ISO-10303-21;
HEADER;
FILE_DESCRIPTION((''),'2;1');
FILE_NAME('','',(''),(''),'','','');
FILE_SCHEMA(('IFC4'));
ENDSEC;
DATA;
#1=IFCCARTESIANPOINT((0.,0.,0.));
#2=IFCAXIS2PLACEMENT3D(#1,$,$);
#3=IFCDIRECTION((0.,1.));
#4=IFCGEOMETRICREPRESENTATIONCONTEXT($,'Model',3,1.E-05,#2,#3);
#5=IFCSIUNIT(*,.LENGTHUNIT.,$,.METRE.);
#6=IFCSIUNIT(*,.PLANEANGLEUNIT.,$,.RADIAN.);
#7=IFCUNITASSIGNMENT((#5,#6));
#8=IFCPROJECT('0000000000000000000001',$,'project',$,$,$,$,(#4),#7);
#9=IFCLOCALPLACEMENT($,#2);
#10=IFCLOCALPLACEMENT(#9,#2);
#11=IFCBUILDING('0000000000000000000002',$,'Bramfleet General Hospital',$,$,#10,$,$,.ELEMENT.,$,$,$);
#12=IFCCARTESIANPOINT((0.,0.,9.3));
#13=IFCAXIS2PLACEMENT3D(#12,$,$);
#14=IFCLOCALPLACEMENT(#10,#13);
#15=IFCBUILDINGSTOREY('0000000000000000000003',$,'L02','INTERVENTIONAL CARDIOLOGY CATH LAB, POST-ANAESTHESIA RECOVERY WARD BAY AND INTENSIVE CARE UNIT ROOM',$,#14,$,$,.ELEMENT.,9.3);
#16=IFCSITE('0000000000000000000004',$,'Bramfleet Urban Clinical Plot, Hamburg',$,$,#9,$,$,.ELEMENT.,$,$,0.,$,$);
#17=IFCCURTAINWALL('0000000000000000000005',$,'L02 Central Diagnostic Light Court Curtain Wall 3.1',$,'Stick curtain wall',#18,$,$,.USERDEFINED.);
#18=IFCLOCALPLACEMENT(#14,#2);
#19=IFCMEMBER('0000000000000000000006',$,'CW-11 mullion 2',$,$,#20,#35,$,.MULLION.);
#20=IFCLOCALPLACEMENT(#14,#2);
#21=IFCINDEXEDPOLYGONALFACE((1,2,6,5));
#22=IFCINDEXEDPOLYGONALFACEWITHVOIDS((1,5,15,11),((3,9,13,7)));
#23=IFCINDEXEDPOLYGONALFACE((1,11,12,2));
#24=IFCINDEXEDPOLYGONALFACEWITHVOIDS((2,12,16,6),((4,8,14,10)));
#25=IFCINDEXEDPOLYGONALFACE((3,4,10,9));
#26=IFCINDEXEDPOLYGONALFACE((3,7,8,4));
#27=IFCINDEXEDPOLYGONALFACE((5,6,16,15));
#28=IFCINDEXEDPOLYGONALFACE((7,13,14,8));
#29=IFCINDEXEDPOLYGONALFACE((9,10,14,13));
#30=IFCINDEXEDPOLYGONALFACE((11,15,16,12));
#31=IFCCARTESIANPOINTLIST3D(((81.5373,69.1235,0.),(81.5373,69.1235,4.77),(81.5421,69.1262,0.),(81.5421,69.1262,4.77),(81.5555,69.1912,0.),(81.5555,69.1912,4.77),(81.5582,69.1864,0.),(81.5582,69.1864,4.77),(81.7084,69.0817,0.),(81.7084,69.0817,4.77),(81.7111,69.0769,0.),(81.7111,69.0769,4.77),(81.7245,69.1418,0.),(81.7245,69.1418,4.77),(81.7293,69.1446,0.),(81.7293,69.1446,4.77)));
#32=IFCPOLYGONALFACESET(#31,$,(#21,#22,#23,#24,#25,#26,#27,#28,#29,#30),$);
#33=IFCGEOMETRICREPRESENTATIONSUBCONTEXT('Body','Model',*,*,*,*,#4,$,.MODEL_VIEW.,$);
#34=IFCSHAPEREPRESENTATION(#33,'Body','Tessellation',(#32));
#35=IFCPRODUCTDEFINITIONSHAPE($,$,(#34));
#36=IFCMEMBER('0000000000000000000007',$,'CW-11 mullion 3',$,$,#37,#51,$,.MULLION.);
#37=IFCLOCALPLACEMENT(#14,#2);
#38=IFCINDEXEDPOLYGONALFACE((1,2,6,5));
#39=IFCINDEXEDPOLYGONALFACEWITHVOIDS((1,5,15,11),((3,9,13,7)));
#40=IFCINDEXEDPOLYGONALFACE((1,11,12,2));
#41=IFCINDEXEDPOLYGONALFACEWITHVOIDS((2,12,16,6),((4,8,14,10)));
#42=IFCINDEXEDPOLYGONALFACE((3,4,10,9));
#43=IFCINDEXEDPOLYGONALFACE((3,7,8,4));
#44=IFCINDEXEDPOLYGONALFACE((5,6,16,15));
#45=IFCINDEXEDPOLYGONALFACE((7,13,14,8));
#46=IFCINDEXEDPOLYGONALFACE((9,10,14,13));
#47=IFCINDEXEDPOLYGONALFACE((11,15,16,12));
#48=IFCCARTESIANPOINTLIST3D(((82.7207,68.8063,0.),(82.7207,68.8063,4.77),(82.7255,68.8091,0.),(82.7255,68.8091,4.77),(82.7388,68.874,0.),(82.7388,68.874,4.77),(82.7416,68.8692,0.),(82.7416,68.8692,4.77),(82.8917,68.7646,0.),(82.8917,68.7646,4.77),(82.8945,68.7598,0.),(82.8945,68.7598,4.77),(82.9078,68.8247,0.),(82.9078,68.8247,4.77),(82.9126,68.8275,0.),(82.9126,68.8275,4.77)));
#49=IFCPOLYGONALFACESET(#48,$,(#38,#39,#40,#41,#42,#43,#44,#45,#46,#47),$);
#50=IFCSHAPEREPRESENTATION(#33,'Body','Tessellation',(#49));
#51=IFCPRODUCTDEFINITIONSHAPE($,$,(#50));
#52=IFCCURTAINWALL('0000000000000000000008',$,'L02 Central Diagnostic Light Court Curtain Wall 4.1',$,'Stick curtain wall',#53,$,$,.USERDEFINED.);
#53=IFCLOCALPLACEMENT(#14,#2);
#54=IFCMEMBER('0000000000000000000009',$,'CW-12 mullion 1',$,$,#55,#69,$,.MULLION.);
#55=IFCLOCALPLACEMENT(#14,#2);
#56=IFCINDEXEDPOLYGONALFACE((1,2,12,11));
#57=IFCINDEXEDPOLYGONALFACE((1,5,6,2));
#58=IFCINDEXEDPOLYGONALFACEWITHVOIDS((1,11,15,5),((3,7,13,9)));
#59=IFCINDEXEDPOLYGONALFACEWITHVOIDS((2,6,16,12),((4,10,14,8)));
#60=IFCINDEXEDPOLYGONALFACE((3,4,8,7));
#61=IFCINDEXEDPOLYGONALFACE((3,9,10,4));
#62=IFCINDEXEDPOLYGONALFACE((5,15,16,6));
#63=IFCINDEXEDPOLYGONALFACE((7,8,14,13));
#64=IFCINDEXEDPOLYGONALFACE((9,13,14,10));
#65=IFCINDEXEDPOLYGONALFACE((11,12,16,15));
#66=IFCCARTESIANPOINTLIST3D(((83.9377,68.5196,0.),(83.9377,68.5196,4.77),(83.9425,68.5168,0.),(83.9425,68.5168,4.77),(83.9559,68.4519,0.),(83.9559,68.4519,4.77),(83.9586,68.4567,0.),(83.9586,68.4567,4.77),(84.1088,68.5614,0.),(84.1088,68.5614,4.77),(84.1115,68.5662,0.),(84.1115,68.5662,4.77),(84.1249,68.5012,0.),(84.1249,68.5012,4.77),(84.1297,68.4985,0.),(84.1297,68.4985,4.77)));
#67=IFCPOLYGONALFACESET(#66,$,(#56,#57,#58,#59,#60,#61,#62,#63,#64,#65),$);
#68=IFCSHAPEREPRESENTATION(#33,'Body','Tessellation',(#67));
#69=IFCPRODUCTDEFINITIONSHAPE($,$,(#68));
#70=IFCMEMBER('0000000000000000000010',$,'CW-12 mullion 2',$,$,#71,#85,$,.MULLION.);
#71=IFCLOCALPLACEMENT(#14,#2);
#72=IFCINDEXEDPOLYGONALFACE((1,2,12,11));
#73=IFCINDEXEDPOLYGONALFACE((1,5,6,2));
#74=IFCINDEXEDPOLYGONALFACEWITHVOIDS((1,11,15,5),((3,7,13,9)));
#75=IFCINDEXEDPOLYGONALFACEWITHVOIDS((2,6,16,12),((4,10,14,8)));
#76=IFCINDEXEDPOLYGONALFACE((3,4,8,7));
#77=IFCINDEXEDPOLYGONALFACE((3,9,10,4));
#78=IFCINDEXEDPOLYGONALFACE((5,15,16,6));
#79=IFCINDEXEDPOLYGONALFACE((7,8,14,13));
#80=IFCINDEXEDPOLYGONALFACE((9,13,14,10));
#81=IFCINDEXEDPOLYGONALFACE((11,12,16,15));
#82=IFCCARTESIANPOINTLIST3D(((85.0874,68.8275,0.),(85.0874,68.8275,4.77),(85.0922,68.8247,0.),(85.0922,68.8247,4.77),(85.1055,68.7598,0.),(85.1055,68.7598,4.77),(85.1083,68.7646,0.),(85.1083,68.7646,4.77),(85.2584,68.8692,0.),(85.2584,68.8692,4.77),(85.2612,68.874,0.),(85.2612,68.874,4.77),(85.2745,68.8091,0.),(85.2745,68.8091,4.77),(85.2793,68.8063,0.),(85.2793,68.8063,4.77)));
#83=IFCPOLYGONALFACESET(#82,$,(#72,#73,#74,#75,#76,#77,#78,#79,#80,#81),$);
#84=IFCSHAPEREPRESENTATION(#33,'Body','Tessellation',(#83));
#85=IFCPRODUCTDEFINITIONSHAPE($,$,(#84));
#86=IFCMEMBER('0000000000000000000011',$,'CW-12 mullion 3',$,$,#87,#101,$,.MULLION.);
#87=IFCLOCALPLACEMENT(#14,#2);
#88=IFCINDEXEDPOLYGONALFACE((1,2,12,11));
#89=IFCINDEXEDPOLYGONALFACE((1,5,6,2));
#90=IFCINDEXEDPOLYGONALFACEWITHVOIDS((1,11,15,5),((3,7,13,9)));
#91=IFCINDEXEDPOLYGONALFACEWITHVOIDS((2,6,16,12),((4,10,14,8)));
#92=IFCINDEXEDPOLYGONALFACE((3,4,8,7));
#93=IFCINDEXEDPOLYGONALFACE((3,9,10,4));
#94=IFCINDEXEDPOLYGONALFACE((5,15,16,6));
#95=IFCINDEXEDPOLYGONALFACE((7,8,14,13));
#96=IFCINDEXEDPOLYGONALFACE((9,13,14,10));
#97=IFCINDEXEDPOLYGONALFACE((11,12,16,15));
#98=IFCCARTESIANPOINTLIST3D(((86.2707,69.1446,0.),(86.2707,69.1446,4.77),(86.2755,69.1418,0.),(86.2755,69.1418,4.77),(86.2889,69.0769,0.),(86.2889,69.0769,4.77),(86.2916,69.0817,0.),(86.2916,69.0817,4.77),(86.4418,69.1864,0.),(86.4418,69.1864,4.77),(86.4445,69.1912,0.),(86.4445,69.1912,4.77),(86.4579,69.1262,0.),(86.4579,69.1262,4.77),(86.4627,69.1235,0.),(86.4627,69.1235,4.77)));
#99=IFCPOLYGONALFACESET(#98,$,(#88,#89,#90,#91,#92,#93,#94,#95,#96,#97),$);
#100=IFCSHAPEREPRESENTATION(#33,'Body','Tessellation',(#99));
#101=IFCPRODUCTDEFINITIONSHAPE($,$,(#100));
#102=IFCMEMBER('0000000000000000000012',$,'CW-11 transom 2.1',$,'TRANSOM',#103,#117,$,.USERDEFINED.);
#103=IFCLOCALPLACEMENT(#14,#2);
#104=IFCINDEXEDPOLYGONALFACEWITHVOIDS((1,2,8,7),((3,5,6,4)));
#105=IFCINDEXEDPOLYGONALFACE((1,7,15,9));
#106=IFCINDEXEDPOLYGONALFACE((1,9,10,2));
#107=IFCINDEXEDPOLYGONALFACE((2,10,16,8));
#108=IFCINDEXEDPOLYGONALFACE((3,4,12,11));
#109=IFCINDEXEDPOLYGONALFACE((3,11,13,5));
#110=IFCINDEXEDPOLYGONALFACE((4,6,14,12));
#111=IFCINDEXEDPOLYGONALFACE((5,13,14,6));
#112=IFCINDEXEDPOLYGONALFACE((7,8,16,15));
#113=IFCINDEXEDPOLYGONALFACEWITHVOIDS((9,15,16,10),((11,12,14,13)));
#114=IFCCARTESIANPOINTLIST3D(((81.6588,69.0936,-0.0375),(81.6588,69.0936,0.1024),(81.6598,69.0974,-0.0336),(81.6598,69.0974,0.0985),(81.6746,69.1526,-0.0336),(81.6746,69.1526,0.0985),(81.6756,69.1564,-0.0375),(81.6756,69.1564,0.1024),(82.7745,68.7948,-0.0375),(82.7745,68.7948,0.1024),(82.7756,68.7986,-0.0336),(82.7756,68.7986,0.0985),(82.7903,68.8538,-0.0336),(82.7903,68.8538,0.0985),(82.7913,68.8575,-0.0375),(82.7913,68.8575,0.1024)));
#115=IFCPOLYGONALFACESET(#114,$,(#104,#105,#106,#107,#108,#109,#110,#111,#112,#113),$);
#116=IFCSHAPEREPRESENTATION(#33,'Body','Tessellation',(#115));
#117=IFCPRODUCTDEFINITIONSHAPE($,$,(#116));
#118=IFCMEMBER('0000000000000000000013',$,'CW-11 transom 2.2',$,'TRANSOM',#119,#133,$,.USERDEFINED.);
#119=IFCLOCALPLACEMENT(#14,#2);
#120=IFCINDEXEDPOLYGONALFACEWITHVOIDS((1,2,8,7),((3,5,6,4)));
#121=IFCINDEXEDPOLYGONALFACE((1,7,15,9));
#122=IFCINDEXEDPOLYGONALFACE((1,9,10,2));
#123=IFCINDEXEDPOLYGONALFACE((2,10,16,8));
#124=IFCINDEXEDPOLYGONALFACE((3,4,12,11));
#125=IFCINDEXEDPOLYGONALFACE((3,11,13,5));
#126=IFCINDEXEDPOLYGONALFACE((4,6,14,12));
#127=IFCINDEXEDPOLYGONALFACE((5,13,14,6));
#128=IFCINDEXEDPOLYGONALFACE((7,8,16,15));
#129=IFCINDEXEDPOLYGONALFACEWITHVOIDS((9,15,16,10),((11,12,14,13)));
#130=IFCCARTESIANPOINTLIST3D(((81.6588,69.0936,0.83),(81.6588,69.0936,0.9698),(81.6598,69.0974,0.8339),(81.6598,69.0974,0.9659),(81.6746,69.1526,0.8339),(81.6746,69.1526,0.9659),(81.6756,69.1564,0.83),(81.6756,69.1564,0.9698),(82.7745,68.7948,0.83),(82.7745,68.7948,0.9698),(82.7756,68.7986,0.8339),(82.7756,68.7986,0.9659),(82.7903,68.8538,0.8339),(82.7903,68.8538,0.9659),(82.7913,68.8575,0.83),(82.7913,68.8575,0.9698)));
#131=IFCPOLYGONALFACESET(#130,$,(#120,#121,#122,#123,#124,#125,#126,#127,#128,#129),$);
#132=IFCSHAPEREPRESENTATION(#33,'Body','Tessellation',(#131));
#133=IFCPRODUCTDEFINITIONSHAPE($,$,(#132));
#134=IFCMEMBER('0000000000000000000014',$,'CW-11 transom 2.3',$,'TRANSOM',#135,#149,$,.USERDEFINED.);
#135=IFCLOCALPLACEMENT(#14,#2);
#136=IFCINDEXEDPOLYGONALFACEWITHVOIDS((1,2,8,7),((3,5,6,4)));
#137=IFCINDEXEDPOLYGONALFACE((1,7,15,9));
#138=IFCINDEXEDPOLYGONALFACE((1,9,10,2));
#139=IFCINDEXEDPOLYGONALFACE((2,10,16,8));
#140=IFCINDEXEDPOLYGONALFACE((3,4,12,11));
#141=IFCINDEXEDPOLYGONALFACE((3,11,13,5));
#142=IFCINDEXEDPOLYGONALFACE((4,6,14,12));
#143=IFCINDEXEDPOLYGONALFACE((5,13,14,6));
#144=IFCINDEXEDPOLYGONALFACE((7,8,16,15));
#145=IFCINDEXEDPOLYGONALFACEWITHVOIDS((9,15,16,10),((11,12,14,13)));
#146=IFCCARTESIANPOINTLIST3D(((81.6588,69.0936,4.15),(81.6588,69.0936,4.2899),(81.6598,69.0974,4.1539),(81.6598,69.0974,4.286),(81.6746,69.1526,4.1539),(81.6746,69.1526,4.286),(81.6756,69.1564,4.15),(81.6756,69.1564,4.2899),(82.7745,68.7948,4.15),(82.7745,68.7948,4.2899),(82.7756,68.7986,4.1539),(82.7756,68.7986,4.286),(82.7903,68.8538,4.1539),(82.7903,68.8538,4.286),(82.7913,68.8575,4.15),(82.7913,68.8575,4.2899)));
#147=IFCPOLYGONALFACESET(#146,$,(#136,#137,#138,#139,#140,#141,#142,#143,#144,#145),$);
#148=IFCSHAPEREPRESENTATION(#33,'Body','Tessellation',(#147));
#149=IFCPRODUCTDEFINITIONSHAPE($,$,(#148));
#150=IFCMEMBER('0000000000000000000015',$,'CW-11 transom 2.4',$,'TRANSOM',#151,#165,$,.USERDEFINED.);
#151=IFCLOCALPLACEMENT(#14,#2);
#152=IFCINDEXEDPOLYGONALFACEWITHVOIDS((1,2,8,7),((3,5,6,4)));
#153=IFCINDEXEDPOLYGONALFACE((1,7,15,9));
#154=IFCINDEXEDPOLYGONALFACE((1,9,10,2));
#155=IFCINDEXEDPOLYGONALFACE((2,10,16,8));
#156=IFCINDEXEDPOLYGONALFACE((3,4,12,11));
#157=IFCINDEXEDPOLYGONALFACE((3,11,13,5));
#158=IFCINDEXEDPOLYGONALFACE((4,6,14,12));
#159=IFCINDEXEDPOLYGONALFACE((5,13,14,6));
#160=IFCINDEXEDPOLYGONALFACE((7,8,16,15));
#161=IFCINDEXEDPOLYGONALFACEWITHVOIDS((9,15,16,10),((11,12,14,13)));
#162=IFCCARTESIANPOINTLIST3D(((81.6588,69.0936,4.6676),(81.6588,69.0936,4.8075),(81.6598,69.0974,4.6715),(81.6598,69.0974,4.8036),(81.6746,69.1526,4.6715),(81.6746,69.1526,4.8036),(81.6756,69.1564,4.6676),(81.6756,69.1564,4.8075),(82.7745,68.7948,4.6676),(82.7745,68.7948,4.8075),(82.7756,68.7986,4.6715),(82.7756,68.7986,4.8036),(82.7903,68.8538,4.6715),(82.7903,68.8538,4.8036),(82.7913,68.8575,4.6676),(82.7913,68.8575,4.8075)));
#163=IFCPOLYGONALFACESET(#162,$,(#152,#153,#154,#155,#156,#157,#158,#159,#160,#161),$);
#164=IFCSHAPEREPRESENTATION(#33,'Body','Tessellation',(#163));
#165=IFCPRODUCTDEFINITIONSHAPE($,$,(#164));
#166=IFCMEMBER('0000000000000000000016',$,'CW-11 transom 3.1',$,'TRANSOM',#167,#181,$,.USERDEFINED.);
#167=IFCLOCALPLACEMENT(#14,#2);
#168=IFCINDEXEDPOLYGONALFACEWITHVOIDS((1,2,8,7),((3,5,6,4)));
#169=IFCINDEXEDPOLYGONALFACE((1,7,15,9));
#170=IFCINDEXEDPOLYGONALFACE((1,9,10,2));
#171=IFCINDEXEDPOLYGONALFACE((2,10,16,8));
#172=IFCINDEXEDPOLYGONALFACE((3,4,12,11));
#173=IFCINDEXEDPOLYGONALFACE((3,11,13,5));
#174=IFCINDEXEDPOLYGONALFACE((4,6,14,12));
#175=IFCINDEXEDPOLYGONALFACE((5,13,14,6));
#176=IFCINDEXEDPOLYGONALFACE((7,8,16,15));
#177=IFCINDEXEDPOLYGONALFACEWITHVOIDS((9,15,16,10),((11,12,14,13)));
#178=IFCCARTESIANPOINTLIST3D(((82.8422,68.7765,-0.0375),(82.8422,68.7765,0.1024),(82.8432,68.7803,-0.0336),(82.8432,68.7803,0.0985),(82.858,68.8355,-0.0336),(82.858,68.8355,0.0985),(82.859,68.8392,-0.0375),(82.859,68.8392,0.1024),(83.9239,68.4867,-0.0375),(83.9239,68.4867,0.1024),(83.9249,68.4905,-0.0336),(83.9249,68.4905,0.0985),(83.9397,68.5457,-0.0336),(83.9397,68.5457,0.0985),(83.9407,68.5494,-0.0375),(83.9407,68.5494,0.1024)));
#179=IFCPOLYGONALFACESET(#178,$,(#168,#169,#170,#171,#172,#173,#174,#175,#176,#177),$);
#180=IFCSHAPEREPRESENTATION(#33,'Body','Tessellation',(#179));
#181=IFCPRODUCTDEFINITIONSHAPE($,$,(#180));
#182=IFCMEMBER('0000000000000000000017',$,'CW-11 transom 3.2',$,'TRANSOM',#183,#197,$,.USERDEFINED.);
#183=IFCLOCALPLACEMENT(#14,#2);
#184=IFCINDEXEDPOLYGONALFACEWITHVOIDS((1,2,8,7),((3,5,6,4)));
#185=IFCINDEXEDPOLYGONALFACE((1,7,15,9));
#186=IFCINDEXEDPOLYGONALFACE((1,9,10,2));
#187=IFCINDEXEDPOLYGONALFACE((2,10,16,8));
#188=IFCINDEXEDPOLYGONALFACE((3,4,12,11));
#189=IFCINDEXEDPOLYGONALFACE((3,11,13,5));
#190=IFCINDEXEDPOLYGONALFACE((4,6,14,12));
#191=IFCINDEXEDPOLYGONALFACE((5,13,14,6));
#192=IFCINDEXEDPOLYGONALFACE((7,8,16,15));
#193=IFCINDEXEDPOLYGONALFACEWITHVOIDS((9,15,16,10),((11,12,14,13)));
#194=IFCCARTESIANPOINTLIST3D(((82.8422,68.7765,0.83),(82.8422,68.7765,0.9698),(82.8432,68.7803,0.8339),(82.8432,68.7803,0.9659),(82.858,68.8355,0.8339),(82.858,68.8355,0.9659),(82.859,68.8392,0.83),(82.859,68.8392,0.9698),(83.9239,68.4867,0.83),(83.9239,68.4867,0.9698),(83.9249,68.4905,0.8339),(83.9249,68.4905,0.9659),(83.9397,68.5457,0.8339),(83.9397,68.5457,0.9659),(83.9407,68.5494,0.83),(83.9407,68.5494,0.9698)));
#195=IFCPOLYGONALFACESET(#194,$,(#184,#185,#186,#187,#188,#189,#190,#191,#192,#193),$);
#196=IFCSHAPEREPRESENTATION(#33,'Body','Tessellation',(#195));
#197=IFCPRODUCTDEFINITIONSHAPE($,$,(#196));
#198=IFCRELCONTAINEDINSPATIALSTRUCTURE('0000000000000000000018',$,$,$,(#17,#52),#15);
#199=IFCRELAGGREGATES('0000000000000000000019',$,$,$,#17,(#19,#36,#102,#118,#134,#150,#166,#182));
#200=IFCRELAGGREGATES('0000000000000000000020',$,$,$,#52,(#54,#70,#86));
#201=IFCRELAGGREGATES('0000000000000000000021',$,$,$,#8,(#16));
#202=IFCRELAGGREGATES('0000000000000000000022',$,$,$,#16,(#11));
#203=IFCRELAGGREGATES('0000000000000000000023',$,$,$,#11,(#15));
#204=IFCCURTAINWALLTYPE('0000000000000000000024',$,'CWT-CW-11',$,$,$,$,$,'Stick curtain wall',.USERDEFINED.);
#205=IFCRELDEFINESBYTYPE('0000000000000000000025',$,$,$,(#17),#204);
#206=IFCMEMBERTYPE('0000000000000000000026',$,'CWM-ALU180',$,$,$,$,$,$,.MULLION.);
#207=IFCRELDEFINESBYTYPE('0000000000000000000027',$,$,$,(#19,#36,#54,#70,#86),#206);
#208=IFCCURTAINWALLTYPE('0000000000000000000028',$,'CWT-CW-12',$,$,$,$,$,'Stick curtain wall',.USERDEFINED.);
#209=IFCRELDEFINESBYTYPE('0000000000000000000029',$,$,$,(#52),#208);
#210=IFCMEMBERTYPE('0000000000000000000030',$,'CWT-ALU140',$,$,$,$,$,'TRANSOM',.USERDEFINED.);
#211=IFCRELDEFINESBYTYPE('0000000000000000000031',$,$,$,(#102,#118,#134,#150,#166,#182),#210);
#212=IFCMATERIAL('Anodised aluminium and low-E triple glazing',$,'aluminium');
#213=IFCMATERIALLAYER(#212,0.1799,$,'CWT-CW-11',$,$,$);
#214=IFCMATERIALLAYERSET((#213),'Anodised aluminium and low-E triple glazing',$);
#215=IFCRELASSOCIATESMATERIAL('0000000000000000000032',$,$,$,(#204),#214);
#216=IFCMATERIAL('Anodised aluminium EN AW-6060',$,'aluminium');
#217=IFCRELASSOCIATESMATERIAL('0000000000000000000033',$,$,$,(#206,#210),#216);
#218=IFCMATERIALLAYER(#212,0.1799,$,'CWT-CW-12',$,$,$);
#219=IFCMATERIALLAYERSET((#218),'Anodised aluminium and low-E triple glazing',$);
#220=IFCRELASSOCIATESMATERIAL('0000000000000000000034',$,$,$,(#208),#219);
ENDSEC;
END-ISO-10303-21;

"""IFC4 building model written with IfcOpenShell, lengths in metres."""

from ifc_helpers import new_model, si_unit, direction, frame, origin, origin_2d, place, context, subcontext, project, spatial, hollow_rectangle, extrude, material, layer, layer_set, material_profile, profile_set, type_object, element, aggregate, save


model = new_model("IFC4")

# Units and contexts
model_context = context("Model", 3, precision=1e-05, world=origin(), true_north=direction((0.0, 1.0)))
body_context = subcontext(model_context, "Body", "Model", "MODEL_VIEW")
ifc_project = project(units=[si_unit("LENGTHUNIT", "METRE"), si_unit("PLANEANGLEUNIT", "RADIAN")], contexts=[model_context])

# Site, building, storey
site_placement = place(None, origin())
site = spatial("IfcSite", under=ifc_project, at=site_placement, Name="Bramfleet Urban Clinical Plot, Hamburg", CompositionType="ELEMENT", RefElevation=0.0)
building_placement = place(site_placement, origin())
building = spatial("IfcBuilding", under=site, at=building_placement, Name="Bramfleet General Hospital", CompositionType="ELEMENT")
storey_placement = place(building_placement, frame((0.0, 0.0, 9.3)))
storey = spatial("IfcBuildingStorey", under=building, at=storey_placement, Name="L02", Description="INTERVENTIONAL CARDIOLOGY CATH LAB, POST-ANAESTHESIA RECOVERY WARD BAY AND INTENSIVE CARE UNIT ROOM", CompositionType="ELEMENT", Elevation=9.3)

# Curtain walls, members
ifc_material_1 = material(Name="Anodised aluminium and low-E triple glazing", Category="aluminium")
ifc_layer_1 = layer(ifc_material_1, 0.1799, Name="CWT-CW-11")
ifc_layer_set_1 = layer_set([ifc_layer_1], Name="Anodised aluminium and low-E triple glazing")
curtain_wall_type_1 = type_object("IfcCurtainWallType", Name="CWT-CW-11", ElementType="Stick curtain wall", PredefinedType="USERDEFINED", material=ifc_layer_set_1)
curtain_wall_1_placement = place(storey_placement, origin())
curtain_wall_1 = element("IfcCurtainWall", 1, at=curtain_wall_1_placement, inside=storey, type_object=curtain_wall_type_1, Name="L02 Central Diagnostic Light Court Curtain Wall 3.1", ObjectType="Stick curtain wall", PredefinedType="USERDEFINED")
ifc_material_2 = material(Name="Anodised aluminium EN AW-6060", Category="aluminium")
ifc_material_profile_1 = material_profile(ifc_material_2, hollow_rectangle(XDim=0.0701, YDim=0.1799, WallThickness=0.0039, at=origin_2d()), Name="ALU 180x70x4.0")
ifc_profile_set_1 = profile_set([ifc_material_profile_1], Name="Anodised aluminium EN AW-6060")
member_type_1 = type_object("IfcMemberType", Name="CWM-ALU180", PredefinedType="MULLION", material=ifc_profile_set_1)
member_1_placement = place(storey_placement, frame((81.6333, 69.134, 0.0), z_axis=(0.0, 0.0, 1.0), x_axis=(0.258763, 0.965941, 0.0)))
member_1 = element("IfcMember", 2, at=member_1_placement, type_object=member_type_1, Name="CW-11 mullion 2", PredefinedType="MULLION", context=body_context, shape_type="SweptSolid", body=[
    extrude(hollow_rectangle(XDim=0.0701, YDim=0.1799, WallThickness=0.0039, at=origin_2d()), origin(), (0.0, 0.0, 1.0), 4.77),
])
member_2_placement = place(storey_placement, frame((82.8167, 68.8169, 0.0), z_axis=(0.0, 0.0, 1.0), x_axis=(0.258763, 0.965941, 0.0)))
member_2 = element("IfcMember", 3, at=member_2_placement, type_object=member_type_1, Name="CW-11 mullion 3", PredefinedType="MULLION", context=body_context, shape_type="SweptSolid", body=[
    extrude(hollow_rectangle(XDim=0.0701, YDim=0.1799, WallThickness=0.0039, at=origin_2d()), origin(), (0.0, 0.0, 1.0), 4.77),
])
ifc_layer_2 = layer(ifc_material_1, 0.1799, Name="CWT-CW-12")
ifc_layer_set_2 = layer_set([ifc_layer_2], Name="Anodised aluminium and low-E triple glazing")
curtain_wall_type_2 = type_object("IfcCurtainWallType", Name="CWT-CW-12", ElementType="Stick curtain wall", PredefinedType="USERDEFINED", material=ifc_layer_set_2)
curtain_wall_2_placement = place(storey_placement, origin())
curtain_wall_2 = element("IfcCurtainWall", 4, at=curtain_wall_2_placement, inside=storey, type_object=curtain_wall_type_2, Name="L02 Central Diagnostic Light Court Curtain Wall 4.1", ObjectType="Stick curtain wall", PredefinedType="USERDEFINED")
member_3_placement = place(storey_placement, frame((84.0337, 68.509, 0.0), z_axis=(0.0, 0.0, 1.0), x_axis=(-0.258763, 0.965941, 0.0)))
member_3 = element("IfcMember", 5, at=member_3_placement, type_object=member_type_1, Name="CW-12 mullion 1", PredefinedType="MULLION", context=body_context, shape_type="SweptSolid", body=[
    extrude(hollow_rectangle(XDim=0.0701, YDim=0.1799, WallThickness=0.0039, at=origin_2d()), origin(), (0.0, 0.0, 1.0), 4.77),
])
member_4_placement = place(storey_placement, frame((85.1833, 68.8169, 0.0), z_axis=(0.0, 0.0, 1.0), x_axis=(-0.258763, 0.965941, 0.0)))
member_4 = element("IfcMember", 6, at=member_4_placement, type_object=member_type_1, Name="CW-12 mullion 2", PredefinedType="MULLION", context=body_context, shape_type="SweptSolid", body=[
    extrude(hollow_rectangle(XDim=0.0701, YDim=0.1799, WallThickness=0.0039, at=origin_2d()), origin(), (0.0, 0.0, 1.0), 4.77),
])
member_5_placement = place(storey_placement, frame((86.3667, 69.134, 0.0), z_axis=(0.0, 0.0, 1.0), x_axis=(-0.258763, 0.965941, 0.0)))
member_5 = element("IfcMember", 7, at=member_5_placement, type_object=member_type_1, Name="CW-12 mullion 3", PredefinedType="MULLION", context=body_context, shape_type="SweptSolid", body=[
    extrude(hollow_rectangle(XDim=0.0701, YDim=0.1799, WallThickness=0.0039, at=origin_2d()), origin(), (0.0, 0.0, 1.0), 4.77),
])

# Members
ifc_material_profile_2 = material_profile(ifc_material_2, hollow_rectangle(XDim=0.0649, YDim=0.1399, WallThickness=0.0039, at=origin_2d()), Name="ALU 140x65x4.0")
ifc_profile_set_2 = profile_set([ifc_material_profile_2], Name="Anodised aluminium EN AW-6060")
member_type_2 = type_object("IfcMemberType", Name="CWT-ALU140", ElementType="TRANSOM", PredefinedType="USERDEFINED", material=ifc_profile_set_2)
member_6_placement = place(storey_placement, frame((81.6672, 69.125, 0.0325), z_axis=(0.965954, -0.258715, 0.0), x_axis=(0.258715, 0.965954, 0.0)))
member_6 = element("IfcMember", 8, at=member_6_placement, type_object=member_type_2, Name="CW-11 transom 2.1", ObjectType="TRANSOM", PredefinedType="USERDEFINED", context=body_context, shape_type="SweptSolid", body=[
    extrude(hollow_rectangle(XDim=0.0649, YDim=0.1399, WallThickness=0.0039, at=origin_2d()), origin(), (0.0, 0.0, 1.0), 1.155),
])
member_7_placement = place(storey_placement, frame((81.6672, 69.125, 0.8999), z_axis=(0.965954, -0.258715, 0.0), x_axis=(0.258715, 0.965954, 0.0)))
member_7 = element("IfcMember", 9, at=member_7_placement, type_object=member_type_2, Name="CW-11 transom 2.2", ObjectType="TRANSOM", PredefinedType="USERDEFINED", context=body_context, shape_type="SweptSolid", body=[
    extrude(hollow_rectangle(XDim=0.0649, YDim=0.1399, WallThickness=0.0039, at=origin_2d()), origin(), (0.0, 0.0, 1.0), 1.155),
])
member_8_placement = place(storey_placement, frame((81.6672, 69.125, 4.22), z_axis=(0.965954, -0.258715, 0.0), x_axis=(0.258715, 0.965954, 0.0)))
member_8 = element("IfcMember", 10, at=member_8_placement, type_object=member_type_2, Name="CW-11 transom 2.3", ObjectType="TRANSOM", PredefinedType="USERDEFINED", context=body_context, shape_type="SweptSolid", body=[
    extrude(hollow_rectangle(XDim=0.0649, YDim=0.1399, WallThickness=0.0039, at=origin_2d()), origin(), (0.0, 0.0, 1.0), 1.155),
])
member_9_placement = place(storey_placement, frame((81.6672, 69.125, 4.7375), z_axis=(0.965954, -0.258715, 0.0), x_axis=(0.258715, 0.965954, 0.0)))
member_9 = element("IfcMember", 11, at=member_9_placement, type_object=member_type_2, Name="CW-11 transom 2.4", ObjectType="TRANSOM", PredefinedType="USERDEFINED", context=body_context, shape_type="SweptSolid", body=[
    extrude(hollow_rectangle(XDim=0.0649, YDim=0.1399, WallThickness=0.0039, at=origin_2d()), origin(), (0.0, 0.0, 1.0), 1.155),
])
member_10_placement = place(storey_placement, frame((82.8506, 68.8079, 0.0325), z_axis=(0.965941, -0.258762, 0.0), x_axis=(0.258762, 0.965941, 0.0)))
member_10 = element("IfcMember", 12, at=member_10_placement, type_object=member_type_2, Name="CW-11 transom 3.1", ObjectType="TRANSOM", PredefinedType="USERDEFINED", context=body_context, shape_type="SweptSolid", body=[
    extrude(hollow_rectangle(XDim=0.0649, YDim=0.1399, WallThickness=0.0039, at=origin_2d()), origin(), (0.0, 0.0, 1.0), 1.1199),
])
member_11_placement = place(storey_placement, frame((82.8506, 68.8079, 0.8999), z_axis=(0.965941, -0.258762, 0.0), x_axis=(0.258762, 0.965941, 0.0)))
member_11 = element("IfcMember", 13, at=member_11_placement, type_object=member_type_2, Name="CW-11 transom 3.2", ObjectType="TRANSOM", PredefinedType="USERDEFINED", context=body_context, shape_type="SweptSolid", body=[
    extrude(hollow_rectangle(XDim=0.0649, YDim=0.1399, WallThickness=0.0039, at=origin_2d()), origin(), (0.0, 0.0, 1.0), 1.1199),
])

aggregate(curtain_wall_1, [member_1, member_2, member_6, member_7, member_8, member_9, member_10, member_11])
aggregate(curtain_wall_2, [member_3, member_4, member_5])

save(model, "model.ifc")
